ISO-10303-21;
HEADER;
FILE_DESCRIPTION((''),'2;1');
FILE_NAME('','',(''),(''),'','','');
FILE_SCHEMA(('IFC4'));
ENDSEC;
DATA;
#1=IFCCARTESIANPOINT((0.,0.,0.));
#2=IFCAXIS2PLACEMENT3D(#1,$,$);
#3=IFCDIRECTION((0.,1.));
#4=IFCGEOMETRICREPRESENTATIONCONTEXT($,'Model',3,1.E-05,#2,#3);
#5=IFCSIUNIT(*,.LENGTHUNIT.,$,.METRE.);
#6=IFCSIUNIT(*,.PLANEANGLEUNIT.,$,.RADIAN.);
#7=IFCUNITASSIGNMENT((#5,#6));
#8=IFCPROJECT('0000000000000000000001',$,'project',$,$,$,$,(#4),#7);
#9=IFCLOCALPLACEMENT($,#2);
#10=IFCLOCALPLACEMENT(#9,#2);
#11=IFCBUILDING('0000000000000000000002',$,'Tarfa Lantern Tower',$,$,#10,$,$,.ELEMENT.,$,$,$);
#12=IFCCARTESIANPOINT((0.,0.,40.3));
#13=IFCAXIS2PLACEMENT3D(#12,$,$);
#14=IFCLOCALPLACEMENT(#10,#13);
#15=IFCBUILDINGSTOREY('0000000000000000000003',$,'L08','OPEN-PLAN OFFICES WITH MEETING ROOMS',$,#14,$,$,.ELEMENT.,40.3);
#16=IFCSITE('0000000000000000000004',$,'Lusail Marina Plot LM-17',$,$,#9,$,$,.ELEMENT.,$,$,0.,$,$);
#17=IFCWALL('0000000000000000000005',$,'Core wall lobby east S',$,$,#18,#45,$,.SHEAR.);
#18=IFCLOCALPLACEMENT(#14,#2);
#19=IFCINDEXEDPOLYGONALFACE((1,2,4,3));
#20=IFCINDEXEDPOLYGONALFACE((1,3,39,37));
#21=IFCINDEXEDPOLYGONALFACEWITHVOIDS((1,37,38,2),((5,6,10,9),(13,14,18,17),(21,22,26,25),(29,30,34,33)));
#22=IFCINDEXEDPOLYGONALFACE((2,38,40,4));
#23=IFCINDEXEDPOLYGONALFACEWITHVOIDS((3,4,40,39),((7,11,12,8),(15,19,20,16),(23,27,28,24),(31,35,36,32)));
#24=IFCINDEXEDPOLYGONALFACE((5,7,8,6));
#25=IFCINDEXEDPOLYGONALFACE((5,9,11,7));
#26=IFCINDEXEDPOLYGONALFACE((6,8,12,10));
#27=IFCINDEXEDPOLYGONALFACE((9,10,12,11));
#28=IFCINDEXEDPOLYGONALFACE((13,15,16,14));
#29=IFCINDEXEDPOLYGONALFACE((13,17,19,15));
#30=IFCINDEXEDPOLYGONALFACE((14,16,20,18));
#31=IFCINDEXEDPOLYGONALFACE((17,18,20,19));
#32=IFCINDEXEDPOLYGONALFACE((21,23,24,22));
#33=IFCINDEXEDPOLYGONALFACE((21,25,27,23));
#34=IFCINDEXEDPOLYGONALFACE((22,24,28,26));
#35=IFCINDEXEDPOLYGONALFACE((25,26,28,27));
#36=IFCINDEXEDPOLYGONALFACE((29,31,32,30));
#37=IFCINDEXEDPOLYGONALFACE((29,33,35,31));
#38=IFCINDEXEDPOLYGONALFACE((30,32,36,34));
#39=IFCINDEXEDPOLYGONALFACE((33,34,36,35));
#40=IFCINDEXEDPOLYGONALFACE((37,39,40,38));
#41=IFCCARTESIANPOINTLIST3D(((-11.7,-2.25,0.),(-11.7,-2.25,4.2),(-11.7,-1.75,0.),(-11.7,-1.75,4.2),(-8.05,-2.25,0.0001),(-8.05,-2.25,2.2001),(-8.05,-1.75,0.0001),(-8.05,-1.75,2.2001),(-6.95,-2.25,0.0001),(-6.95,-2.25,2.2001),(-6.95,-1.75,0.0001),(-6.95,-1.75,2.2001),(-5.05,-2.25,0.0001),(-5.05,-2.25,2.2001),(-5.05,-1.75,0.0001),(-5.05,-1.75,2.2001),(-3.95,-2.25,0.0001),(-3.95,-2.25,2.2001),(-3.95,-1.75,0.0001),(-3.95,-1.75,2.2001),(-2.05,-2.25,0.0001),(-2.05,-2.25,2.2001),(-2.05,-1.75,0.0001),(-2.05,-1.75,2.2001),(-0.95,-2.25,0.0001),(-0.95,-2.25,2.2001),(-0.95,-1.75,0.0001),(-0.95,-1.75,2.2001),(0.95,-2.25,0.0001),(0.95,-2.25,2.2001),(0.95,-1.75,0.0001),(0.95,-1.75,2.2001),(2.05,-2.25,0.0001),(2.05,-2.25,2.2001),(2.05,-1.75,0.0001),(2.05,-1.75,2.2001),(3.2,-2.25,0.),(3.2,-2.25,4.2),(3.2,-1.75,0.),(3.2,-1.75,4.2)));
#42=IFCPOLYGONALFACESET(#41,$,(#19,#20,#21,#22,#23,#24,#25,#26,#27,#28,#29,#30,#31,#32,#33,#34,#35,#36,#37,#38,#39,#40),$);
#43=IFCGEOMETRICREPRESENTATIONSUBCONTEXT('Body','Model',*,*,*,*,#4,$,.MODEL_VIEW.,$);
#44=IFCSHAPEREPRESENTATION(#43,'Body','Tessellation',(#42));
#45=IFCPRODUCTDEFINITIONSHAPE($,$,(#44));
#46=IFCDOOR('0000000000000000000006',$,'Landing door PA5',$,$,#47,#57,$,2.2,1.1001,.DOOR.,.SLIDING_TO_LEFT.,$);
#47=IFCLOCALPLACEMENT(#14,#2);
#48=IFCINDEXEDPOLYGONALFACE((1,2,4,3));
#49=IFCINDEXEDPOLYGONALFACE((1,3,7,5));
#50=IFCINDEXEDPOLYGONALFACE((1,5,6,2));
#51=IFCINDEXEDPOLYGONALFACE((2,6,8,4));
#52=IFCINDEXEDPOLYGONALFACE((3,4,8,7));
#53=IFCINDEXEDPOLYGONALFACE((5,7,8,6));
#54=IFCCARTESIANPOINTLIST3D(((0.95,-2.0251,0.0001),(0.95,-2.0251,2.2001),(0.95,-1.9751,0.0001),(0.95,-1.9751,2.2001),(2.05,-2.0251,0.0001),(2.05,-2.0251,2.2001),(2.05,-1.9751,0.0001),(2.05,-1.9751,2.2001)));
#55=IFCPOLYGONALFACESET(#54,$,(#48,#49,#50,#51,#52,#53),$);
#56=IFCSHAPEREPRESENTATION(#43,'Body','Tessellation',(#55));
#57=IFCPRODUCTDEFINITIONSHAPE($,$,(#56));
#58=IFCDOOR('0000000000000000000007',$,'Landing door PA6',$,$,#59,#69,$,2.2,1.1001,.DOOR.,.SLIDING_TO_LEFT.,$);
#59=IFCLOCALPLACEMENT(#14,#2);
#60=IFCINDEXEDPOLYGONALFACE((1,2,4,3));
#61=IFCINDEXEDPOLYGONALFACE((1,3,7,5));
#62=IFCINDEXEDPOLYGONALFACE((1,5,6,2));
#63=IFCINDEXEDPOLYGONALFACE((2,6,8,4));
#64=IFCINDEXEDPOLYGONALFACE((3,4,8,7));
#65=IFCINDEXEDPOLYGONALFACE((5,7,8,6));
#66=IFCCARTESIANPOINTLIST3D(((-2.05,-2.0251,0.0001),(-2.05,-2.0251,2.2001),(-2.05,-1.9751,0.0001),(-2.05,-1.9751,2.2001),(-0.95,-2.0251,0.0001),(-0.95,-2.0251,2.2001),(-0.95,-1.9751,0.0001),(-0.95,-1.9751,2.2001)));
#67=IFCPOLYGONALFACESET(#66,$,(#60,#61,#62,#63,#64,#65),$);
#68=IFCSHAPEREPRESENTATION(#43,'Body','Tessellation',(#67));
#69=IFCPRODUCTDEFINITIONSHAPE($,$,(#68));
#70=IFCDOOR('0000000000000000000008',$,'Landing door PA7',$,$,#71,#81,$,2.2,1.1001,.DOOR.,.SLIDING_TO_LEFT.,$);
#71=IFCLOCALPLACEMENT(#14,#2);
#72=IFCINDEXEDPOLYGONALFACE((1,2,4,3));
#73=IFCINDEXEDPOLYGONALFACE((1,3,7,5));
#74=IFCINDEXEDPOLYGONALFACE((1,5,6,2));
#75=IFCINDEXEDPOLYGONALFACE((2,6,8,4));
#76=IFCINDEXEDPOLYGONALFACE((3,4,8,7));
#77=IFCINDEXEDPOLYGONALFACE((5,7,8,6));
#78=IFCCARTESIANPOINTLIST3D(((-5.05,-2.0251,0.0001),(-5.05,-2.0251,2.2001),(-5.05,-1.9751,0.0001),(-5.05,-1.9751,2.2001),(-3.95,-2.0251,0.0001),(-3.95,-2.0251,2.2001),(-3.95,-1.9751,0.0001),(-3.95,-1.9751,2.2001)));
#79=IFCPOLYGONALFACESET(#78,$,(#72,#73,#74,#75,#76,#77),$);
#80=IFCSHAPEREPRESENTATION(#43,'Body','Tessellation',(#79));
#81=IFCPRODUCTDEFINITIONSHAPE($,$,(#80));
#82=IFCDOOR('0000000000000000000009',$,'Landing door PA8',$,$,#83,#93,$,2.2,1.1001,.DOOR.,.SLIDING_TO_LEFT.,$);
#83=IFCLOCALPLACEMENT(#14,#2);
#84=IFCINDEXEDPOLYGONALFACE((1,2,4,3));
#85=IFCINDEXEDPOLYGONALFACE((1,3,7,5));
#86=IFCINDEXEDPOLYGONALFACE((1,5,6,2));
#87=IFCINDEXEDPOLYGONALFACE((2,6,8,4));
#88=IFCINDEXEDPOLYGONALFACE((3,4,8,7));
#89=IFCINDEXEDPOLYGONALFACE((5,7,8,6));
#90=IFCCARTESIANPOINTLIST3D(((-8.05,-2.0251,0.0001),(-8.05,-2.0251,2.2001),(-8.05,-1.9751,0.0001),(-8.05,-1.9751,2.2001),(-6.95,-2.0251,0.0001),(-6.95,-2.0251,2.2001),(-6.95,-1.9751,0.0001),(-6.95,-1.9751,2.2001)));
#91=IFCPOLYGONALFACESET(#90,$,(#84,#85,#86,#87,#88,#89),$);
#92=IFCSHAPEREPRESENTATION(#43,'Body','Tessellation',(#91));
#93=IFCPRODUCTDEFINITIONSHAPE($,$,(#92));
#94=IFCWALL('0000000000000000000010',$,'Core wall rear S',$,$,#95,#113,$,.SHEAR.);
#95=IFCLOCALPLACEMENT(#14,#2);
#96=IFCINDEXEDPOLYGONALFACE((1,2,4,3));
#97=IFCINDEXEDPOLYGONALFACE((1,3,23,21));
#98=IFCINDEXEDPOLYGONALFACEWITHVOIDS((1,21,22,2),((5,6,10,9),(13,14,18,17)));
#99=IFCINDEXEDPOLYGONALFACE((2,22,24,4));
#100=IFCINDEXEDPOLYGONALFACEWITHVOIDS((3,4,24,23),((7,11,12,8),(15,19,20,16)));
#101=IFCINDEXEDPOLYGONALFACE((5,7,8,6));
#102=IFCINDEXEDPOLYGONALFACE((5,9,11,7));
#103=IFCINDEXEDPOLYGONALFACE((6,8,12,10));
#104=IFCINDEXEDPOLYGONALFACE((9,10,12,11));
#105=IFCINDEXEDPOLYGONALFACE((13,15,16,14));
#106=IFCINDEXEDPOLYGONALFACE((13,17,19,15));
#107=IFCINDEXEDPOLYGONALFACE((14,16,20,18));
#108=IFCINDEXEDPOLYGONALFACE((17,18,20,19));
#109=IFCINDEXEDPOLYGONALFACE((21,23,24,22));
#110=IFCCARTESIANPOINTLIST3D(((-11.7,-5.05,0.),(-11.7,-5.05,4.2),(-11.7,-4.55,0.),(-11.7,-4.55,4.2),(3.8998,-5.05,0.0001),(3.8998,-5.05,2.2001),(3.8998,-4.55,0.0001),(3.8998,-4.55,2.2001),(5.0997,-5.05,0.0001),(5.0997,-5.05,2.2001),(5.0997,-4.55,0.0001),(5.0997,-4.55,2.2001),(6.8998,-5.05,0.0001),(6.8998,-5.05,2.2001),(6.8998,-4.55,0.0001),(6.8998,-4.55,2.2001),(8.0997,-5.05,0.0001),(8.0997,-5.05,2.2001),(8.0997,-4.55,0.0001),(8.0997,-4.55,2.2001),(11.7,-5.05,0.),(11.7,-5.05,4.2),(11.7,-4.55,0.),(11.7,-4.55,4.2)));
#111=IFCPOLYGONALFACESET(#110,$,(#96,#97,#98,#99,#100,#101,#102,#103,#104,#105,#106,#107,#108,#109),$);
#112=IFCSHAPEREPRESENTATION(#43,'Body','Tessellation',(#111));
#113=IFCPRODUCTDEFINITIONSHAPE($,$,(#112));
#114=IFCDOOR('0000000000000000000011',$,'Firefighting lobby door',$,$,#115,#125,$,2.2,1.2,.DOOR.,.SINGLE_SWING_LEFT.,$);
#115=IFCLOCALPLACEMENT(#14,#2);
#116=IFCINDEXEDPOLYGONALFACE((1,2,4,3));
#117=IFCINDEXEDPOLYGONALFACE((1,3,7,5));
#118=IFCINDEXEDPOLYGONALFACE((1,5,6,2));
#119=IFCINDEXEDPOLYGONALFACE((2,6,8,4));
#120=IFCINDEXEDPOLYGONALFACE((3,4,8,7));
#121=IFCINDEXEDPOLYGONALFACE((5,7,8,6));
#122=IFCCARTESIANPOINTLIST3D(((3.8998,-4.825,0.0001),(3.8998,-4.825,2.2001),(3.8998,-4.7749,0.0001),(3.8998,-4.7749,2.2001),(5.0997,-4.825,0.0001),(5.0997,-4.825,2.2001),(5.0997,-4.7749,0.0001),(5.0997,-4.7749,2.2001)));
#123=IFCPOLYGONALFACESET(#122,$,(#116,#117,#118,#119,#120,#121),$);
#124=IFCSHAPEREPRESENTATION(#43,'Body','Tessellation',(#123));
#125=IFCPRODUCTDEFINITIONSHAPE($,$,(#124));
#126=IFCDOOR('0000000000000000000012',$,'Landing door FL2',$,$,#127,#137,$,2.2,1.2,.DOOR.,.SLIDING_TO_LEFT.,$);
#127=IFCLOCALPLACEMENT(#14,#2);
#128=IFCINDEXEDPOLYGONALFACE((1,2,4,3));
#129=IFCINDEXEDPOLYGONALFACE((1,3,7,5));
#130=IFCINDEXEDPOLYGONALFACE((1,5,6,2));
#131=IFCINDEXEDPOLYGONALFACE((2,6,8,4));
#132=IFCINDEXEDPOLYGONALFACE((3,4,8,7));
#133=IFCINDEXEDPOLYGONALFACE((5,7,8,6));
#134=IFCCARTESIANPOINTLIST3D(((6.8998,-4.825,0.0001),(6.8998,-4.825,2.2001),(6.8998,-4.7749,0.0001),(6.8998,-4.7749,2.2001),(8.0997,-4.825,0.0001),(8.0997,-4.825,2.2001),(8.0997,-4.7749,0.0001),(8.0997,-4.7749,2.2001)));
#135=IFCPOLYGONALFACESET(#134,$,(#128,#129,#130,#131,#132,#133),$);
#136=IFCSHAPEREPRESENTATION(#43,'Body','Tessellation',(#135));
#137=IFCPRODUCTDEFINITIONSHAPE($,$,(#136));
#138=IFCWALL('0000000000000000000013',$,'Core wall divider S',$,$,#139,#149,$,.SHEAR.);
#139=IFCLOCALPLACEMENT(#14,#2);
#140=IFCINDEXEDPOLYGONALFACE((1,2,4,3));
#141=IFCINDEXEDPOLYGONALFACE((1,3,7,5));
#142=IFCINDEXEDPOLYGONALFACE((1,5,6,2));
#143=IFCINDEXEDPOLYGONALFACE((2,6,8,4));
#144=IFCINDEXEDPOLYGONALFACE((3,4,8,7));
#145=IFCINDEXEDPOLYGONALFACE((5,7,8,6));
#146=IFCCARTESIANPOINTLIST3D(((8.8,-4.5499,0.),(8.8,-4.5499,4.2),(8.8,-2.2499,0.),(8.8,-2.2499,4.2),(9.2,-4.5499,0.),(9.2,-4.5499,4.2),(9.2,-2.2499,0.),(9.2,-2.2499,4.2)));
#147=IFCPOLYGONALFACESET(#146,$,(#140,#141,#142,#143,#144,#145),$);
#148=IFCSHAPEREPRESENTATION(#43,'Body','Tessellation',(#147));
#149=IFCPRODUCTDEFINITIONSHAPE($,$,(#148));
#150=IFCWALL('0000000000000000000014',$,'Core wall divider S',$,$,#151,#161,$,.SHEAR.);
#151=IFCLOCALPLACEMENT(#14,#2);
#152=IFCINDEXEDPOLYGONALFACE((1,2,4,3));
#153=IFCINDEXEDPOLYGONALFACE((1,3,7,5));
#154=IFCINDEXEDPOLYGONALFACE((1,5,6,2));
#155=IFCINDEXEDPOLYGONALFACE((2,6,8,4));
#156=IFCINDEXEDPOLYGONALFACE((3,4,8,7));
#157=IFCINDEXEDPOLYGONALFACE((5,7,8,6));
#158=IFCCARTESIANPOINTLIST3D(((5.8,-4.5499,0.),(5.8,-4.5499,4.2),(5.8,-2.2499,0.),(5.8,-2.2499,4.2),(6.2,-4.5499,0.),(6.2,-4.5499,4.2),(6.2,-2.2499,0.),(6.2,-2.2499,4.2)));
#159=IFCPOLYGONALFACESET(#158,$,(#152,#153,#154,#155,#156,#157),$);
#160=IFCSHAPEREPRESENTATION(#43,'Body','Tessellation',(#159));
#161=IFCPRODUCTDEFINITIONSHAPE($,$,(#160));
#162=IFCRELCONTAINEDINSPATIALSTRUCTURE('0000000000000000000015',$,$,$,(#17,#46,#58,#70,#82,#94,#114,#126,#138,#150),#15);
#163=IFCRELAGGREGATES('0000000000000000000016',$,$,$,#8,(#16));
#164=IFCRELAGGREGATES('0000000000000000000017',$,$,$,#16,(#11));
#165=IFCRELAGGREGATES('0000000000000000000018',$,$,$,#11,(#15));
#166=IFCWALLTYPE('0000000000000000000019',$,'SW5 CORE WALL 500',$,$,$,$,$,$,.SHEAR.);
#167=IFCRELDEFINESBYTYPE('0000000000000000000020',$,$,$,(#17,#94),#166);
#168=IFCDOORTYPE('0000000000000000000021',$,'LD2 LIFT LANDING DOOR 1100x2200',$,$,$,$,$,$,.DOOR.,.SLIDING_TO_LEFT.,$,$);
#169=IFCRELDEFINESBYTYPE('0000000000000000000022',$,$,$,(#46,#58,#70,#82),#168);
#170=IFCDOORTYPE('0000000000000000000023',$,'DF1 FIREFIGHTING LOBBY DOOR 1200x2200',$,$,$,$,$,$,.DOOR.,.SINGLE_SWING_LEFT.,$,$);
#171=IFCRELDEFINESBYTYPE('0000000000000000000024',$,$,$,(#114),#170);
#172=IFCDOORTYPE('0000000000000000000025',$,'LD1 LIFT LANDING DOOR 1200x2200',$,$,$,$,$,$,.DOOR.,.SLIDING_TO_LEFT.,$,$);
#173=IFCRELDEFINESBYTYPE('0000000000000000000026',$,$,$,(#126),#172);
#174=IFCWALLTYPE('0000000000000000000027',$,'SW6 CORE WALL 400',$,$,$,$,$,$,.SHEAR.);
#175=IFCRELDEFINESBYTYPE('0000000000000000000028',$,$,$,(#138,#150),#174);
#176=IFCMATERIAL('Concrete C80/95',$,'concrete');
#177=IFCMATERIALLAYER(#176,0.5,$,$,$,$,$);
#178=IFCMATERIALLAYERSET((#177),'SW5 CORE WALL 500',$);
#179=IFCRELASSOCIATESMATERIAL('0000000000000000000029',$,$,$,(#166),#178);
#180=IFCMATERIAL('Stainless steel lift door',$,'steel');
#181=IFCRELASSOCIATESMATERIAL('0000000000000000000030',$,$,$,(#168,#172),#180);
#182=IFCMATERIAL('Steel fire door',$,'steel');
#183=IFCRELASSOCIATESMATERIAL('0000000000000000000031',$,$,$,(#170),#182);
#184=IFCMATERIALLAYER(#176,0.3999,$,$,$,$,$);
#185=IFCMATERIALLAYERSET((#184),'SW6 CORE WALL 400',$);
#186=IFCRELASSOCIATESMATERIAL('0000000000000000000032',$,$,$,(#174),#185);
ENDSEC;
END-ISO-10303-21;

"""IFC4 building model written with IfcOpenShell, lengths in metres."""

from ifc_helpers import new_model, si_unit, direction, frame, frame_2d, origin, place, context, subcontext, project, spatial, rectangle, extrude, material, layer, layer_set, type_object, element, fill, save


model = new_model("IFC4")

# Units and contexts
model_context = context("Model", 3, precision=1e-05, world=origin(), true_north=direction((0.0, 1.0)))
body_context = subcontext(model_context, "Body", "Model", "MODEL_VIEW")
ifc_project = project(units=[si_unit("LENGTHUNIT", "METRE"), si_unit("PLANEANGLEUNIT", "RADIAN")], contexts=[model_context])

# Site, building, storey
site_placement = place(None, origin())
site = spatial("IfcSite", under=ifc_project, at=site_placement, Name="Lusail Marina Plot LM-17", CompositionType="ELEMENT", RefElevation=0.0)
building_placement = place(site_placement, origin())
building = spatial("IfcBuilding", under=site, at=building_placement, Name="Tarfa Lantern Tower", CompositionType="ELEMENT")
storey_placement = place(building_placement, frame((0.0, 0.0, 40.3)))
storey = spatial("IfcBuildingStorey", under=building, at=storey_placement, Name="L08", Description="OPEN-PLAN OFFICES WITH MEETING ROOMS", CompositionType="ELEMENT", Elevation=40.3)

# Shared definitions
ifc_material_1 = material(Name="Concrete C80/95", Category="concrete")

# Shared definitions
ifc_material_2 = material(Name="Steel fire door", Category="steel")

# Shared definitions
ifc_layer_1 = layer(ifc_material_1, 0.5)
ifc_layer_set_1 = layer_set([ifc_layer_1], Name="SW5 CORE WALL 500")
wall_type_1 = type_object("IfcWallType", Name="SW5 CORE WALL 500", PredefinedType="SHEAR", material=ifc_layer_set_1)

# Walls, openings, doors
wall_1_placement = place(storey_placement, frame((3.2, -2.0, 0.0), z_axis=(0.0, 0.0, 1.0), x_axis=(-1.0, 0.0, 0.0)))
wall_1 = element("IfcWall", 1, at=wall_1_placement, inside=storey, type_object=wall_type_1, Name="Core wall lobby east S", PredefinedType="SHEAR", context=body_context, shape_type="SweptSolid", body=[
    extrude(rectangle(XDim=14.8999, YDim=0.5, at=frame_2d((7.45, 0.0))), origin(), (0.0, 0.0, 1.0), 4.2),
])
opening_1_placement = place(wall_1_placement, frame((1.1499, 0.0, 0.0)))
opening_1 = element("IfcOpeningElement", 2, at=opening_1_placement, cuts=wall_1, PredefinedType="OPENING", context=body_context, shape_type="SweptSolid", body=[
    extrude(rectangle(XDim=1.1001, YDim=2.2, at=frame_2d((0.55, 1.1001))), frame((0.0, 0.26, 0.0), z_axis=(0.0, -1.0, 0.0), x_axis=(1.0, 0.0, 0.0)), (0.0, 0.0, 1.0), 0.52),
])
opening_2_placement = place(wall_1_placement, frame((4.1499, 0.0, 0.0)))
opening_2 = element("IfcOpeningElement", 3, at=opening_2_placement, cuts=wall_1, PredefinedType="OPENING", context=body_context, shape_type="SweptSolid", body=[
    extrude(rectangle(XDim=1.1001, YDim=2.2, at=frame_2d((0.55, 1.1001))), frame((0.0, 0.26, 0.0), z_axis=(0.0, -1.0, 0.0), x_axis=(1.0, 0.0, 0.0)), (0.0, 0.0, 1.0), 0.52),
])
opening_3_placement = place(wall_1_placement, frame((7.1499, 0.0, 0.0)))
opening_3 = element("IfcOpeningElement", 4, at=opening_3_placement, cuts=wall_1, PredefinedType="OPENING", context=body_context, shape_type="SweptSolid", body=[
    extrude(rectangle(XDim=1.1001, YDim=2.2, at=frame_2d((0.55, 1.1001))), frame((0.0, 0.26, 0.0), z_axis=(0.0, -1.0, 0.0), x_axis=(1.0, 0.0, 0.0)), (0.0, 0.0, 1.0), 0.52),
])
opening_4_placement = place(wall_1_placement, frame((10.1499, 0.0, 0.0)))
opening_4 = element("IfcOpeningElement", 5, at=opening_4_placement, cuts=wall_1, PredefinedType="OPENING", context=body_context, shape_type="SweptSolid", body=[
    extrude(rectangle(XDim=1.1001, YDim=2.2, at=frame_2d((0.55, 1.1001))), frame((0.0, 0.26, 0.0), z_axis=(0.0, -1.0, 0.0), x_axis=(1.0, 0.0, 0.0)), (0.0, 0.0, 1.0), 0.52),
])
ifc_material_3 = material(Name="Stainless steel lift door", Category="steel")
door_type_1 = type_object("IfcDoorType", Name="LD2 LIFT LANDING DOOR 1100x2200", OperationType="SLIDING_TO_LEFT", PredefinedType="DOOR", material=ifc_material_3)
door_1_placement = place(opening_1_placement, frame((1.1001, 0.0, 0.0), z_axis=(0.0, 0.0, 1.0), x_axis=(-1.0, 0.0, 0.0)))
door_1 = element("IfcDoor", 6, at=door_1_placement, inside=storey, type_object=door_type_1, Name="Landing door PA5", OperationType="SLIDING_TO_LEFT", OverallHeight=2.2, OverallWidth=1.1001, PredefinedType="DOOR", context=body_context, shape_type="SweptSolid", body=[
    extrude(rectangle(XDim=1.1001, YDim=2.2, at=frame_2d((0.55, 1.1001))), frame((0.0, 0.0249, 0.0), z_axis=(0.0, -1.0, 0.0), x_axis=(1.0, 0.0, 0.0)), (0.0, 0.0, 1.0), 0.05),
])
fill(opening_1, door_1)
door_2_placement = place(opening_2_placement, frame((1.1001, 0.0, 0.0), z_axis=(0.0, 0.0, 1.0), x_axis=(-1.0, 0.0, 0.0)))
door_2 = element("IfcDoor", 7, at=door_2_placement, inside=storey, type_object=door_type_1, Name="Landing door PA6", OperationType="SLIDING_TO_LEFT", OverallHeight=2.2, OverallWidth=1.1001, PredefinedType="DOOR", context=body_context, shape_type="SweptSolid", body=[
    extrude(rectangle(XDim=1.1001, YDim=2.2, at=frame_2d((0.55, 1.1001))), frame((0.0, 0.0249, 0.0), z_axis=(0.0, -1.0, 0.0), x_axis=(1.0, 0.0, 0.0)), (0.0, 0.0, 1.0), 0.05),
])
fill(opening_2, door_2)
door_3_placement = place(opening_3_placement, frame((1.1001, 0.0, 0.0), z_axis=(0.0, 0.0, 1.0), x_axis=(-1.0, 0.0, 0.0)))
door_3 = element("IfcDoor", 8, at=door_3_placement, inside=storey, type_object=door_type_1, Name="Landing door PA7", OperationType="SLIDING_TO_LEFT", OverallHeight=2.2, OverallWidth=1.1001, PredefinedType="DOOR", context=body_context, shape_type="SweptSolid", body=[
    extrude(rectangle(XDim=1.1001, YDim=2.2, at=frame_2d((0.55, 1.1001))), frame((0.0, 0.0249, 0.0), z_axis=(0.0, -1.0, 0.0), x_axis=(1.0, 0.0, 0.0)), (0.0, 0.0, 1.0), 0.05),
])
fill(opening_3, door_3)
door_4_placement = place(opening_4_placement, frame((1.1001, 0.0, 0.0), z_axis=(0.0, 0.0, 1.0), x_axis=(-1.0, 0.0, 0.0)))
door_4 = element("IfcDoor", 9, at=door_4_placement, inside=storey, type_object=door_type_1, Name="Landing door PA8", OperationType="SLIDING_TO_LEFT", OverallHeight=2.2, OverallWidth=1.1001, PredefinedType="DOOR", context=body_context, shape_type="SweptSolid", body=[
    extrude(rectangle(XDim=1.1001, YDim=2.2, at=frame_2d((0.55, 1.1001))), frame((0.0, 0.0249, 0.0), z_axis=(0.0, -1.0, 0.0), x_axis=(1.0, 0.0, 0.0)), (0.0, 0.0, 1.0), 0.05),
])
fill(opening_4, door_4)
wall_2_placement = place(storey_placement, frame((11.7, -4.8, 0.0), z_axis=(0.0, 0.0, 1.0), x_axis=(-1.0, 0.0, 0.0)))
wall_2 = element("IfcWall", 10, at=wall_2_placement, inside=storey, type_object=wall_type_1, Name="Core wall rear S", PredefinedType="SHEAR", context=body_context, shape_type="SweptSolid", body=[
    extrude(rectangle(XDim=23.3999, YDim=0.5, at=frame_2d((11.7, 0.0))), origin(), (0.0, 0.0, 1.0), 4.2),
])
opening_5_placement = place(wall_2_placement, frame((6.6001, 0.0, 0.0)))
opening_5 = element("IfcOpeningElement", 11, at=opening_5_placement, cuts=wall_2, PredefinedType="OPENING", context=body_context, shape_type="SweptSolid", body=[
    extrude(rectangle(XDim=1.2, YDim=2.2, at=frame_2d((0.6001, 1.1001))), frame((0.0, 0.26, 0.0), z_axis=(0.0, -1.0, 0.0), x_axis=(1.0, 0.0, 0.0)), (0.0, 0.0, 1.0), 0.52),
])
opening_6_placement = place(wall_2_placement, frame((3.6001, 0.0, 0.0)))
opening_6 = element("IfcOpeningElement", 12, at=opening_6_placement, cuts=wall_2, PredefinedType="OPENING", context=body_context, shape_type="SweptSolid", body=[
    extrude(rectangle(XDim=1.2, YDim=2.2, at=frame_2d((0.6001, 1.1001))), frame((0.0, 0.26, 0.0), z_axis=(0.0, -1.0, 0.0), x_axis=(1.0, 0.0, 0.0)), (0.0, 0.0, 1.0), 0.52),
])
door_type_2 = type_object("IfcDoorType", Name="DF1 FIREFIGHTING LOBBY DOOR 1200x2200", OperationType="SINGLE_SWING_LEFT", PredefinedType="DOOR", material=ifc_material_2)
door_5_placement = place(opening_5_placement, origin())
door_5 = element("IfcDoor", 13, at=door_5_placement, inside=storey, type_object=door_type_2, Name="Firefighting lobby door", OperationType="SINGLE_SWING_LEFT", OverallHeight=2.2, OverallWidth=1.2, PredefinedType="DOOR", context=body_context, shape_type="SweptSolid", body=[
    extrude(rectangle(XDim=1.2, YDim=2.2, at=frame_2d((0.6001, 1.1001))), frame((0.0, 0.0249, 0.0), z_axis=(0.0, -1.0, 0.0), x_axis=(1.0, 0.0, 0.0)), (0.0, 0.0, 1.0), 0.05),
])
fill(opening_5, door_5)
door_type_3 = type_object("IfcDoorType", Name="LD1 LIFT LANDING DOOR 1200x2200", OperationType="SLIDING_TO_LEFT", PredefinedType="DOOR", material=ifc_material_3)
door_6_placement = place(opening_6_placement, origin())
door_6 = element("IfcDoor", 14, at=door_6_placement, inside=storey, type_object=door_type_3, Name="Landing door FL2", OperationType="SLIDING_TO_LEFT", OverallHeight=2.2, OverallWidth=1.2, PredefinedType="DOOR", context=body_context, shape_type="SweptSolid", body=[
    extrude(rectangle(XDim=1.2, YDim=2.2, at=frame_2d((0.6001, 1.1001))), frame((0.0, 0.0249, 0.0), z_axis=(0.0, -1.0, 0.0), x_axis=(1.0, 0.0, 0.0)), (0.0, 0.0, 1.0), 0.05),
])
fill(opening_6, door_6)

# Walls
ifc_layer_2 = layer(ifc_material_1, 0.3999)
ifc_layer_set_2 = layer_set([ifc_layer_2], Name="SW6 CORE WALL 400")
wall_type_2 = type_object("IfcWallType", Name="SW6 CORE WALL 400", PredefinedType="SHEAR", material=ifc_layer_set_2)
for number, where, z_axis, x_axis, name in (
    (15, (9.0, -2.25, 0.0), (0.0, 0.0, 1.0), (0.0, -1.0, 0.0), "Core wall divider S"),
    (16, (6.0, -2.25, 0.0), (0.0, 0.0, 1.0), (0.0, -1.0, 0.0), "Core wall divider S"),
):
    element("IfcWall", number, at=place(storey_placement, frame(where, z_axis=z_axis, x_axis=x_axis)), inside=storey, type_object=wall_type_2, Name=name, PredefinedType="SHEAR", context=body_context, shape_type="SweptSolid", body=[
        extrude(rectangle(XDim=2.3, YDim=0.3999, at=frame_2d((1.1499, 0.0))), origin(), (0.0, 0.0, 1.0), 4.2),
    ])

save(model, "model.ifc")
